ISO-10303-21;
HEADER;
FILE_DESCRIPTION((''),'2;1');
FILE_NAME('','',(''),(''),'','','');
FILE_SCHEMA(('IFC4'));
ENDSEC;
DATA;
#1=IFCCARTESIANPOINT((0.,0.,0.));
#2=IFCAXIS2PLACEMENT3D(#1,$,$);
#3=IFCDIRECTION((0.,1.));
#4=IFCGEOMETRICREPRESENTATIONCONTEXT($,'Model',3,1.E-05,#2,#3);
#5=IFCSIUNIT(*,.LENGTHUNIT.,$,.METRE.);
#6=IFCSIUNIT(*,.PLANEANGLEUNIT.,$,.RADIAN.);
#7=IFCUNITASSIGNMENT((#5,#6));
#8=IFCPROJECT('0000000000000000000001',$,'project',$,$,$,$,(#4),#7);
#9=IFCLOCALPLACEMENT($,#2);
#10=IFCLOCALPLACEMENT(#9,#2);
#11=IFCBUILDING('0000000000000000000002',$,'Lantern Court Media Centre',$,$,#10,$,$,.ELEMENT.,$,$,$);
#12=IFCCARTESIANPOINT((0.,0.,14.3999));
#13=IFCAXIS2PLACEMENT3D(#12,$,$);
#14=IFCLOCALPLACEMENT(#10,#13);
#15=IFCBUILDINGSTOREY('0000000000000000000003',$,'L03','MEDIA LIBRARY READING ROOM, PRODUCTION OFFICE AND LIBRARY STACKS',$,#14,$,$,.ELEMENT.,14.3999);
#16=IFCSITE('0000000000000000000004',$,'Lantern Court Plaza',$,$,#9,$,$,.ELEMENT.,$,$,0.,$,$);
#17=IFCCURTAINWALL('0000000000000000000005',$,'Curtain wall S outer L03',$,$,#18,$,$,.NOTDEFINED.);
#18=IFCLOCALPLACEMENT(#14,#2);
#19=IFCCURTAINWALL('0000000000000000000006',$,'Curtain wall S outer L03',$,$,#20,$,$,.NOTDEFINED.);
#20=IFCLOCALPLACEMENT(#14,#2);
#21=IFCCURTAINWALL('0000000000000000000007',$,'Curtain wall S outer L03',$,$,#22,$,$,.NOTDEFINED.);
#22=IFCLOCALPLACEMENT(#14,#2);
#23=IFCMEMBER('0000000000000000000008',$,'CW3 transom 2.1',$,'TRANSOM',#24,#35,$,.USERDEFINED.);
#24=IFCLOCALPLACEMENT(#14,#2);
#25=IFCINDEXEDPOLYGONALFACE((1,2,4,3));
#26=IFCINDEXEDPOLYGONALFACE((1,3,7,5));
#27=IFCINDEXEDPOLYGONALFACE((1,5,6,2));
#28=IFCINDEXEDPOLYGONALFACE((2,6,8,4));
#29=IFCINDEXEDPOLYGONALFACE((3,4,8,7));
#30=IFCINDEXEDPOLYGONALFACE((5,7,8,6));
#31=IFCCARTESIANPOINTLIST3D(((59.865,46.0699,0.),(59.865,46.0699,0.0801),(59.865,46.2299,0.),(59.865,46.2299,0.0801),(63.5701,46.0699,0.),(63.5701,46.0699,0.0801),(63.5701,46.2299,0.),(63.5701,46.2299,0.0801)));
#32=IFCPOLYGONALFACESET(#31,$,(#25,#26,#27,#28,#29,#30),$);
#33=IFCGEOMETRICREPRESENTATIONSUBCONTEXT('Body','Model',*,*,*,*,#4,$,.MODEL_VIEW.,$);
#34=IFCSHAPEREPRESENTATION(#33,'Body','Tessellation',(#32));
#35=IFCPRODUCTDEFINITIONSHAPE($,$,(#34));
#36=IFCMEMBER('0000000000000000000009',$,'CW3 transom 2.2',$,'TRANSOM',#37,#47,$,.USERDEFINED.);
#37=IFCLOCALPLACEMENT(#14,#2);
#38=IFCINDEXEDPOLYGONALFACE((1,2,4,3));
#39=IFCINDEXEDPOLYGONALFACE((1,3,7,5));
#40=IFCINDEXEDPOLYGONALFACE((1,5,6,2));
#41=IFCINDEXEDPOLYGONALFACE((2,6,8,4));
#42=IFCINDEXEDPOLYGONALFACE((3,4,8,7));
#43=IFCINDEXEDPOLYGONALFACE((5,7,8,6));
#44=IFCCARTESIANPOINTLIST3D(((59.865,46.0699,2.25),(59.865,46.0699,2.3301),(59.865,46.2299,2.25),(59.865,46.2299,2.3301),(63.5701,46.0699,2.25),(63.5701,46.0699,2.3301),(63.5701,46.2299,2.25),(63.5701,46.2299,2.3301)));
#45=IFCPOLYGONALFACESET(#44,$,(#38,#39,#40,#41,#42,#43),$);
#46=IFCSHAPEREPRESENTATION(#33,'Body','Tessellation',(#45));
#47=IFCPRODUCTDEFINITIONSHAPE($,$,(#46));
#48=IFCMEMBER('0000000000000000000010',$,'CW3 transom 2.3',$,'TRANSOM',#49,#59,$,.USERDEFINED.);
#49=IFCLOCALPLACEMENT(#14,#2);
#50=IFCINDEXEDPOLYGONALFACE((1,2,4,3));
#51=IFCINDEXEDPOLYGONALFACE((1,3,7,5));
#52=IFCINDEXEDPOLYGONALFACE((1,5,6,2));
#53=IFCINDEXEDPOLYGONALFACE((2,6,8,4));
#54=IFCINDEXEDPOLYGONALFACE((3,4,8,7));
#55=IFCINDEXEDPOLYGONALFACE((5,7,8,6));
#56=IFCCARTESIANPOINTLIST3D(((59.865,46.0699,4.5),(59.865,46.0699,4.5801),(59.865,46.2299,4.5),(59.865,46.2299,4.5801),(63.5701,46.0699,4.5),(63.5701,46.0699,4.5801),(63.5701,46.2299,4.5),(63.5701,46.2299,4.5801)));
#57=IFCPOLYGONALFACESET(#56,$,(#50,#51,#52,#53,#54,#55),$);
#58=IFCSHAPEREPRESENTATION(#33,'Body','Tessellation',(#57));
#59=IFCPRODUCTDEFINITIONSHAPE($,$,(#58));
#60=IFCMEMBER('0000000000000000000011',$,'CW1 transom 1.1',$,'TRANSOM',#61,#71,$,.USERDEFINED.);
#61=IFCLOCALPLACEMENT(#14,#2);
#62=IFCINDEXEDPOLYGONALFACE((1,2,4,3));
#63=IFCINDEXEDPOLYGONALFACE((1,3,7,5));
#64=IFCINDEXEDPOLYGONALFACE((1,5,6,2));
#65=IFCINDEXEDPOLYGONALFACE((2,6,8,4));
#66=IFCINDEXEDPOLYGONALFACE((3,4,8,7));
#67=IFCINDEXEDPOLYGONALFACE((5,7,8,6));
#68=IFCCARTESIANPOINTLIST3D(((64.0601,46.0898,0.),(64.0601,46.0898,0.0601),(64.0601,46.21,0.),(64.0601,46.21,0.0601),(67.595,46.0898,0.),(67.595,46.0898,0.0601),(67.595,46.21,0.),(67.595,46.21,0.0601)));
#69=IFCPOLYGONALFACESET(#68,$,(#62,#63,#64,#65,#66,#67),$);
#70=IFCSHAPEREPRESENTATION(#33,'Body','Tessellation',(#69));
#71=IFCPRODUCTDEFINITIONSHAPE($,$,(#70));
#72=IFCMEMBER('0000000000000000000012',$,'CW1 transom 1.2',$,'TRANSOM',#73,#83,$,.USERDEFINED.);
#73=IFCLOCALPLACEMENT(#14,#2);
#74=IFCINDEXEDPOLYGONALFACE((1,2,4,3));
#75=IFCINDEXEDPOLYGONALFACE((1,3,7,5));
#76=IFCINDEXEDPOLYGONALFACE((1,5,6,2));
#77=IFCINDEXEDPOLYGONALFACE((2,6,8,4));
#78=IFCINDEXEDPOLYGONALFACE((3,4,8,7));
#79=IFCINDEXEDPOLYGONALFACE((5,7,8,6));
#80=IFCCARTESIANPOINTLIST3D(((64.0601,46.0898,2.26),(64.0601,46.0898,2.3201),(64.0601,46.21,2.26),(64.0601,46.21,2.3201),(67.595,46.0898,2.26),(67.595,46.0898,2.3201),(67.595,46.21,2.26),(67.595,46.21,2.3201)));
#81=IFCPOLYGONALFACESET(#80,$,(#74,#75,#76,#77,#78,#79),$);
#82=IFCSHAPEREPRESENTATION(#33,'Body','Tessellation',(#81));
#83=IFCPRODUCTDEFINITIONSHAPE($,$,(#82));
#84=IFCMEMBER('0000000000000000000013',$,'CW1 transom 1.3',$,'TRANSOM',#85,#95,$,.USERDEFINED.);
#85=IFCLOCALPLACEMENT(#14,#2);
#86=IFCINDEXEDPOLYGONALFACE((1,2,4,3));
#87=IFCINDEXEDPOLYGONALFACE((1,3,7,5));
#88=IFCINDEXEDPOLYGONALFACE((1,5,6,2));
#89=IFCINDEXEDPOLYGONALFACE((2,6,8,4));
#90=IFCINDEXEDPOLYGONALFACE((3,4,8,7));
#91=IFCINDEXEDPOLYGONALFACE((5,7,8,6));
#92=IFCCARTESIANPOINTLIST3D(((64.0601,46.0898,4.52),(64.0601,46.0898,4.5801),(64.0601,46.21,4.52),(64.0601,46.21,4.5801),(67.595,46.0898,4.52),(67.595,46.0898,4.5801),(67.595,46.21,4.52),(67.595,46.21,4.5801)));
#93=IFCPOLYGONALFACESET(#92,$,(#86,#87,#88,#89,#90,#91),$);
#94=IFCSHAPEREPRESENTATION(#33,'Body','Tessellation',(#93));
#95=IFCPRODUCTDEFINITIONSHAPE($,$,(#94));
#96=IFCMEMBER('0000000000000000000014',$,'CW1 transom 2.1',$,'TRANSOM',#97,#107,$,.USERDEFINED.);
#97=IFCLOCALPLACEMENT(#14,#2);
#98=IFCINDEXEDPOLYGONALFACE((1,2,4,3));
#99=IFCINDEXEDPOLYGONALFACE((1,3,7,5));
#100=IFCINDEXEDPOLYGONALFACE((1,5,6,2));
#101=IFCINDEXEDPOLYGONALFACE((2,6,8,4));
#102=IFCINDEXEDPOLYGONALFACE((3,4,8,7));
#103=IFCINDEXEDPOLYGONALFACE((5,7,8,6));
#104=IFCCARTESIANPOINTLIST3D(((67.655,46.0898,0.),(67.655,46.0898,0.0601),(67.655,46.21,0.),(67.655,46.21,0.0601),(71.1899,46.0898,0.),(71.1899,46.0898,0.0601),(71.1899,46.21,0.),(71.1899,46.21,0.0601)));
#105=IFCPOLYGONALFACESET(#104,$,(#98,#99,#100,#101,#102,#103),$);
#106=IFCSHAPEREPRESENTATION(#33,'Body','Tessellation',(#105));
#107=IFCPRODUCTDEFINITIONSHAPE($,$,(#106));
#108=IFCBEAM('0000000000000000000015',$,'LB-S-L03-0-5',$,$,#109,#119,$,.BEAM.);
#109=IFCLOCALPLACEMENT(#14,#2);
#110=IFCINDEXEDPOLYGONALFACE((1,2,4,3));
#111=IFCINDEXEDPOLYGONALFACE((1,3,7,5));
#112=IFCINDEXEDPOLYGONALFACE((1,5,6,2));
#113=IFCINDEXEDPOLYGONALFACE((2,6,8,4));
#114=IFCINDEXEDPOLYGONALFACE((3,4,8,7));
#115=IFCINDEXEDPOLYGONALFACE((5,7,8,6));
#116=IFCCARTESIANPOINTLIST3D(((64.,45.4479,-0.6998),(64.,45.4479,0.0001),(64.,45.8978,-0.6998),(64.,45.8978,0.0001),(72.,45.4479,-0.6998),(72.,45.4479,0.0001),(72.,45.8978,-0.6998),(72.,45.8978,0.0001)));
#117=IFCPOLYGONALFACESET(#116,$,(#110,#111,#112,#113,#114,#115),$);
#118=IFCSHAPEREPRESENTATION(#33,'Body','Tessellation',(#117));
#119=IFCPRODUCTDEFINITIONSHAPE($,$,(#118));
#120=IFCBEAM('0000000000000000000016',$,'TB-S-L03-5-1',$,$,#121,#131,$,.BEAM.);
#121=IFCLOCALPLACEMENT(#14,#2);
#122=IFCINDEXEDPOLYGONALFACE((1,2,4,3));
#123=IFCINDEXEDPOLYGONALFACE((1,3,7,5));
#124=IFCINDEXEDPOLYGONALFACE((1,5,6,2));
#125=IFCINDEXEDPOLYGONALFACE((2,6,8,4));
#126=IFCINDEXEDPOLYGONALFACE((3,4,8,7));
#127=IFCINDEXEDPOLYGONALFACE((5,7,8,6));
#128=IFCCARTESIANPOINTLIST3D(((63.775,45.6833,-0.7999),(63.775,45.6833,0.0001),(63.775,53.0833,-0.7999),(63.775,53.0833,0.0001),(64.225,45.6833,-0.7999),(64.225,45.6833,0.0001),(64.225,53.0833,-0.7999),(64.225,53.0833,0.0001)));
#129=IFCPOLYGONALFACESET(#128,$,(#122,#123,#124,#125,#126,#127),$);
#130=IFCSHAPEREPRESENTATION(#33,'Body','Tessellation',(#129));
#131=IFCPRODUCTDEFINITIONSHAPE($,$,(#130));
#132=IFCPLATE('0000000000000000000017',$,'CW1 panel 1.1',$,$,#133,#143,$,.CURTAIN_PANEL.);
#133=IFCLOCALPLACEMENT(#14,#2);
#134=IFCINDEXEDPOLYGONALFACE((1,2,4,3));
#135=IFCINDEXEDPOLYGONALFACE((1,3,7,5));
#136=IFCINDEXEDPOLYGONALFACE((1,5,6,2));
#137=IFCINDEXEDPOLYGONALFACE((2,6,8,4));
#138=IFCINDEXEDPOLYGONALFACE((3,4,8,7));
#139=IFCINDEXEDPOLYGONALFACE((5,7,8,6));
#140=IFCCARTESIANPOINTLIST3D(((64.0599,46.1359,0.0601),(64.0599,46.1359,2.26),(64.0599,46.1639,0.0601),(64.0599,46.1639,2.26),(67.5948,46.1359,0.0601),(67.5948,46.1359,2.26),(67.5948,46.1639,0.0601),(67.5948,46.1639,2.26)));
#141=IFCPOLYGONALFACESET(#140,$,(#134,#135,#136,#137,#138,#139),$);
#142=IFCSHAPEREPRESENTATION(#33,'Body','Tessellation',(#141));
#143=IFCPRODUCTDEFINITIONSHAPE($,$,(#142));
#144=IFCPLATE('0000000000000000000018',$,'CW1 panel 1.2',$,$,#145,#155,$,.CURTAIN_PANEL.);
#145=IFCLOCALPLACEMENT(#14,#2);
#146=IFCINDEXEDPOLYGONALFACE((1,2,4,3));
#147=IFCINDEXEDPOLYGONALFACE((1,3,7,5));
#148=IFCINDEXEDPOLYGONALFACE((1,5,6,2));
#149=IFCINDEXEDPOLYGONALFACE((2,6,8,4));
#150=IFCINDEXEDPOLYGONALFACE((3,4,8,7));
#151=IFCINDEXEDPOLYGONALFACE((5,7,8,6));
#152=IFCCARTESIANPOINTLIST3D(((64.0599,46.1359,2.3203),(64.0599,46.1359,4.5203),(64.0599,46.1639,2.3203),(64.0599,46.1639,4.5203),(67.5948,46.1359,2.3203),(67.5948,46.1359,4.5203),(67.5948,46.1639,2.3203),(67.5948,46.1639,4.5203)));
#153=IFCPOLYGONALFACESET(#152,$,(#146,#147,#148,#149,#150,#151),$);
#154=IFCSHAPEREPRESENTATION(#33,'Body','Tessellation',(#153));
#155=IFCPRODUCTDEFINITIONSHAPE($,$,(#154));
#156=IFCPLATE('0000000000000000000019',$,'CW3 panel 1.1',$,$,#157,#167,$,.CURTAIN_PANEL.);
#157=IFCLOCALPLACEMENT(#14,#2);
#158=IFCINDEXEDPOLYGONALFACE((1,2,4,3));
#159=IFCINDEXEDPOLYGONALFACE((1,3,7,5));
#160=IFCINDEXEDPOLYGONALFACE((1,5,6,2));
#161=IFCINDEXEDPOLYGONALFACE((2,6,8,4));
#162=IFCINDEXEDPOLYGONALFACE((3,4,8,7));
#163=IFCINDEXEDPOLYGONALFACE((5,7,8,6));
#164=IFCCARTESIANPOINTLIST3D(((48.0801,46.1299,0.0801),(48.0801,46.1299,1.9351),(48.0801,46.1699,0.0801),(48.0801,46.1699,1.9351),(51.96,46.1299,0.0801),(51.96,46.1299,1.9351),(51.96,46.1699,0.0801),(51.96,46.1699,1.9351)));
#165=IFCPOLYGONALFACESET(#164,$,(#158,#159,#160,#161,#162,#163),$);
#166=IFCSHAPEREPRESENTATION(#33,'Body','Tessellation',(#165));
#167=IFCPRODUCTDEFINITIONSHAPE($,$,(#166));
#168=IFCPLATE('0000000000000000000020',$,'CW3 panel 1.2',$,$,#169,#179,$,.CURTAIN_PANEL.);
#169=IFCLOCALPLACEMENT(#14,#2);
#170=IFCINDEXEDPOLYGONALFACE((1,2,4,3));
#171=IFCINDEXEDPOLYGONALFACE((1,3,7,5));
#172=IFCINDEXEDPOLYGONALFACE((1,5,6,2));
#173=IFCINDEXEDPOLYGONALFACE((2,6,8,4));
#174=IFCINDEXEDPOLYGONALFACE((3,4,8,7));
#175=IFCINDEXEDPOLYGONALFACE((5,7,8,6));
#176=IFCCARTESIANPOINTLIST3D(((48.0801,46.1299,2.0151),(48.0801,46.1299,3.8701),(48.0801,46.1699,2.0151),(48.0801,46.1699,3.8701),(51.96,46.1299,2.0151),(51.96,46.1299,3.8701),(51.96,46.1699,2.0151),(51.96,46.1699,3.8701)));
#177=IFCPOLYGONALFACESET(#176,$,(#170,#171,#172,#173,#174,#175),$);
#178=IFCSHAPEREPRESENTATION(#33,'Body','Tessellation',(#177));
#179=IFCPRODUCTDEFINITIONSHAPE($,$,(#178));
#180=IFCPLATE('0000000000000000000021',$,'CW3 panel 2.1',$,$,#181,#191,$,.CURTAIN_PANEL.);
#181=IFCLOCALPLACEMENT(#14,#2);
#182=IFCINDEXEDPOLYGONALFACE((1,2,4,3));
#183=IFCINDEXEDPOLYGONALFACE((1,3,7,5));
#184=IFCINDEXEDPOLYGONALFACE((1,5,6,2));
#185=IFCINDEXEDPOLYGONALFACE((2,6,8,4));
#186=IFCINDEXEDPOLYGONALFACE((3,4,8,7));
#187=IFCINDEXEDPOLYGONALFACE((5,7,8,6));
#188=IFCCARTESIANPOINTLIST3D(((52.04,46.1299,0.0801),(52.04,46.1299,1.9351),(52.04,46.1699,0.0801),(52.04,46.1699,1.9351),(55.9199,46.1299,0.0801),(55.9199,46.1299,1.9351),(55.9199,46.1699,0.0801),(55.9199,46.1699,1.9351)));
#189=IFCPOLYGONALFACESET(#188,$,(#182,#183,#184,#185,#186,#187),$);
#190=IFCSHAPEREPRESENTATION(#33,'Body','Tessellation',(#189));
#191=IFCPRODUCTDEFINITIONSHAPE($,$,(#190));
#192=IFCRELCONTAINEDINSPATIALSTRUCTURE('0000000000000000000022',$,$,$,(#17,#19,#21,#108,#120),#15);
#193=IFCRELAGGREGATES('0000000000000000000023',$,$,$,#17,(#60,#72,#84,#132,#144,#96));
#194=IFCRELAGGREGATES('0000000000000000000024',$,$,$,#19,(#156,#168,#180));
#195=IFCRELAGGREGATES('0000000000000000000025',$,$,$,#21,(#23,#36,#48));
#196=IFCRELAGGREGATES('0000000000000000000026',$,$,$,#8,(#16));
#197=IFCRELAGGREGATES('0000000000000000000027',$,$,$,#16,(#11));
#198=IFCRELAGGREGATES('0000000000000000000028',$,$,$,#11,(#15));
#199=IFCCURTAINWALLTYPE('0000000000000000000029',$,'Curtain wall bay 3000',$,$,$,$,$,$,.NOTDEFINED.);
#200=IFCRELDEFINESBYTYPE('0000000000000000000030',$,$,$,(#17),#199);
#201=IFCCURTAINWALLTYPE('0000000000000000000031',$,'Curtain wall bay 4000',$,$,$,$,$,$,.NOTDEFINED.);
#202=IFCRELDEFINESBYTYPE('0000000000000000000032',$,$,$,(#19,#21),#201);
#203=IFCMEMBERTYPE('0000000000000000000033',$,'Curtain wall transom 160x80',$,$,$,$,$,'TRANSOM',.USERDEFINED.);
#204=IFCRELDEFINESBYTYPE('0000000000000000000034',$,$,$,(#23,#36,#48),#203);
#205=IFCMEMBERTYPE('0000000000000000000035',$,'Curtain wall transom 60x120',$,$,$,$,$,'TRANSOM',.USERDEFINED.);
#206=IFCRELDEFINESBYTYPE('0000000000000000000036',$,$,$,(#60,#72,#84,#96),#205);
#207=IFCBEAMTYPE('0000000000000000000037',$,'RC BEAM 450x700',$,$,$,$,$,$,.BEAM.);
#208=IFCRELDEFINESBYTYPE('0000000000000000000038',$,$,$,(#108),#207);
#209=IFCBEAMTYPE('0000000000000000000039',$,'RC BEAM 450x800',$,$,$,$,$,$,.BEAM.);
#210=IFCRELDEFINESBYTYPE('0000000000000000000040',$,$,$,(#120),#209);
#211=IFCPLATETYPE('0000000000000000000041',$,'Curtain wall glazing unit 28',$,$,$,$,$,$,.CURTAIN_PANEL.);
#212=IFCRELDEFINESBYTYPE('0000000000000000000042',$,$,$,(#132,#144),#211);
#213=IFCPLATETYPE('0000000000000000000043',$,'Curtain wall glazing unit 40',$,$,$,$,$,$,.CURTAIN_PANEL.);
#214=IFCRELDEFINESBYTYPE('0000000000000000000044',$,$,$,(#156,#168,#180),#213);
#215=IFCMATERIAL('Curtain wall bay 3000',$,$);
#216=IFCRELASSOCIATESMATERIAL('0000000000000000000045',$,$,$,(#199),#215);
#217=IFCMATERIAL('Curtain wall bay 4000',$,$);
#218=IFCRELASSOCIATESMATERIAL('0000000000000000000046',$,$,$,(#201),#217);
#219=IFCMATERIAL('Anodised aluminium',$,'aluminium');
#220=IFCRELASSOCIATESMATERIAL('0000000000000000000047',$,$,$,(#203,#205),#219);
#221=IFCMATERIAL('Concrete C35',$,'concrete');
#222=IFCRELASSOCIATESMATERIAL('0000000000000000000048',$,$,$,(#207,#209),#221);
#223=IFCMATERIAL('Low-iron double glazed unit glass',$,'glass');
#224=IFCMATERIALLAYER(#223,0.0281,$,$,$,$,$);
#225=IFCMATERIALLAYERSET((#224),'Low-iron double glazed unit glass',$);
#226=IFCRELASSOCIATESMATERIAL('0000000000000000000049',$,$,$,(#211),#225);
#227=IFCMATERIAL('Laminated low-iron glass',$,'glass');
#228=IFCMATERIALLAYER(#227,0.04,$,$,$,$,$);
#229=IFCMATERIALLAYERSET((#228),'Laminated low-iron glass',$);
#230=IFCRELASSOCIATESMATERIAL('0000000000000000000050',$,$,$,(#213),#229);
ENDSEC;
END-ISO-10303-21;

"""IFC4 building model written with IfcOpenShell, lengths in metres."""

from ifc_helpers import new_model, si_unit, direction, frame, origin, origin_2d, place, context, subcontext, project, spatial, rectangle, extrude, material, layer, layer_set, material_profile, profile_set, type_object, element, aggregate, save


model = new_model("IFC4")

# Units and contexts
model_context = context("Model", 3, precision=1e-05, world=origin(), true_north=direction((0.0, 1.0)))
body_context = subcontext(model_context, "Body", "Model", "MODEL_VIEW")
ifc_project = project(units=[si_unit("LENGTHUNIT", "METRE"), si_unit("PLANEANGLEUNIT", "RADIAN")], contexts=[model_context])

# Site, building, storey
site_placement = place(None, origin())
site = spatial("IfcSite", under=ifc_project, at=site_placement, Name="Lantern Court Plaza", CompositionType="ELEMENT", RefElevation=0.0)
building_placement = place(site_placement, origin())
building = spatial("IfcBuilding", under=site, at=building_placement, Name="Lantern Court Media Centre", CompositionType="ELEMENT")
storey_placement = place(building_placement, frame((0.0, 0.0, 14.3999)))
storey = spatial("IfcBuildingStorey", under=building, at=storey_placement, Name="L03", Description="MEDIA LIBRARY READING ROOM, PRODUCTION OFFICE AND LIBRARY STACKS", CompositionType="ELEMENT", Elevation=14.3999)

# Curtain walls
ifc_material_1 = material(Name="Curtain wall bay 3000")
curtain_wall_type_1 = type_object("IfcCurtainWallType", Name="Curtain wall bay 3000", PredefinedType="NOTDEFINED", material=ifc_material_1)
curtain_wall_1_placement = place(storey_placement, origin())
curtain_wall_1 = element("IfcCurtainWall", 1, at=curtain_wall_1_placement, inside=storey, type_object=curtain_wall_type_1, Name="Curtain wall S outer L03", PredefinedType="NOTDEFINED")
ifc_material_2 = material(Name="Anodised aluminium", Category="aluminium")
ifc_material_3 = material(Name="Curtain wall bay 4000")
curtain_wall_type_2 = type_object("IfcCurtainWallType", Name="Curtain wall bay 4000", PredefinedType="NOTDEFINED", material=ifc_material_3)
curtain_wall_2_placement = place(storey_placement, origin())
curtain_wall_2 = element("IfcCurtainWall", 2, at=curtain_wall_2_placement, inside=storey, type_object=curtain_wall_type_2, Name="Curtain wall S outer L03", PredefinedType="NOTDEFINED")
curtain_wall_3_placement = place(storey_placement, origin())
curtain_wall_3 = element("IfcCurtainWall", 3, at=curtain_wall_3_placement, inside=storey, type_object=curtain_wall_type_2, Name="Curtain wall S outer L03", PredefinedType="NOTDEFINED")

# Members
ifc_material_profile_1 = material_profile(ifc_material_2, rectangle(XDim=0.1599, YDim=0.0801, at=origin_2d()), Name="AL 80x160")
ifc_profile_set_1 = profile_set([ifc_material_profile_1], Name="Anodised aluminium")
member_type_1 = type_object("IfcMemberType", Name="Curtain wall transom 160x80", ElementType="TRANSOM", PredefinedType="USERDEFINED", material=ifc_profile_set_1)
member_1_placement = place(storey_placement, frame((59.865, 46.1499, 0.04), z_axis=(1.0, 0.0, 0.0), x_axis=(0.0, 1.0, 0.0)))
member_1 = element("IfcMember", 4, at=member_1_placement, type_object=member_type_1, Name="CW3 transom 2.1", ObjectType="TRANSOM", PredefinedType="USERDEFINED", context=body_context, shape_type="SweptSolid", body=[
    extrude(rectangle(XDim=0.1599, YDim=0.0801, at=origin_2d()), origin(), (0.0, 0.0, 1.0), 3.7051),
])
member_2_placement = place(storey_placement, frame((59.865, 46.1499, 2.29), z_axis=(1.0, 0.0, 0.0), x_axis=(0.0, 1.0, 0.0)))
member_2 = element("IfcMember", 5, at=member_2_placement, type_object=member_type_1, Name="CW3 transom 2.2", ObjectType="TRANSOM", PredefinedType="USERDEFINED", context=body_context, shape_type="SweptSolid", body=[
    extrude(rectangle(XDim=0.1599, YDim=0.0801, at=origin_2d()), origin(), (0.0, 0.0, 1.0), 3.7051),
])
member_3_placement = place(storey_placement, frame((59.865, 46.1499, 4.54), z_axis=(1.0, 0.0, 0.0), x_axis=(0.0, 1.0, 0.0)))
member_3 = element("IfcMember", 6, at=member_3_placement, type_object=member_type_1, Name="CW3 transom 2.3", ObjectType="TRANSOM", PredefinedType="USERDEFINED", context=body_context, shape_type="SweptSolid", body=[
    extrude(rectangle(XDim=0.1599, YDim=0.0801, at=origin_2d()), origin(), (0.0, 0.0, 1.0), 3.7051),
])
ifc_material_profile_2 = material_profile(ifc_material_2, rectangle(XDim=0.1201, YDim=0.0601, at=origin_2d()), Name="AL 60x120")
ifc_profile_set_2 = profile_set([ifc_material_profile_2], Name="Anodised aluminium")
member_type_2 = type_object("IfcMemberType", Name="Curtain wall transom 60x120", ElementType="TRANSOM", PredefinedType="USERDEFINED", material=ifc_profile_set_2)
member_4_placement = place(storey_placement, frame((64.0601, 46.1499, 0.03), z_axis=(1.0, 0.0, 0.0), x_axis=(0.0, 1.0, 0.0)))
member_4 = element("IfcMember", 7, at=member_4_placement, type_object=member_type_2, Name="CW1 transom 1.1", ObjectType="TRANSOM", PredefinedType="USERDEFINED", context=body_context, shape_type="SweptSolid", body=[
    extrude(rectangle(XDim=0.1201, YDim=0.0601, at=origin_2d()), origin(), (0.0, 0.0, 1.0), 3.5349),
])
member_5_placement = place(storey_placement, frame((64.0601, 46.1499, 2.29), z_axis=(1.0, 0.0, 0.0), x_axis=(0.0, 1.0, 0.0)))
member_5 = element("IfcMember", 8, at=member_5_placement, type_object=member_type_2, Name="CW1 transom 1.2", ObjectType="TRANSOM", PredefinedType="USERDEFINED", context=body_context, shape_type="SweptSolid", body=[
    extrude(rectangle(XDim=0.1201, YDim=0.0601, at=origin_2d()), origin(), (0.0, 0.0, 1.0), 3.5349),
])
member_6_placement = place(storey_placement, frame((64.0601, 46.1499, 4.55), z_axis=(1.0, 0.0, 0.0), x_axis=(0.0, 1.0, 0.0)))
member_6 = element("IfcMember", 9, at=member_6_placement, type_object=member_type_2, Name="CW1 transom 1.3", ObjectType="TRANSOM", PredefinedType="USERDEFINED", context=body_context, shape_type="SweptSolid", body=[
    extrude(rectangle(XDim=0.1201, YDim=0.0601, at=origin_2d()), origin(), (0.0, 0.0, 1.0), 3.5349),
])
member_7_placement = place(storey_placement, frame((67.655, 46.1499, 0.03), z_axis=(1.0, 0.0, 0.0), x_axis=(0.0, 1.0, 0.0)))
member_7 = element("IfcMember", 10, at=member_7_placement, type_object=member_type_2, Name="CW1 transom 2.1", ObjectType="TRANSOM", PredefinedType="USERDEFINED", context=body_context, shape_type="SweptSolid", body=[
    extrude(rectangle(XDim=0.1201, YDim=0.0601, at=origin_2d()), origin(), (0.0, 0.0, 1.0), 3.5349),
])

# Beams
ifc_material_4 = material(Name="Concrete C35", Category="concrete")
ifc_material_profile_3 = material_profile(ifc_material_4, rectangle(XDim=0.45, YDim=0.7, at=origin_2d()), Name="RC 450x700")
ifc_profile_set_3 = profile_set([ifc_material_profile_3], Name="Concrete C35")
beam_type_1 = type_object("IfcBeamType", Name="RC BEAM 450x700", PredefinedType="BEAM", material=ifc_profile_set_3)
beam_1_placement = place(storey_placement, frame((64.0, 45.6729, -0.3499), z_axis=(1.0, 0.0, 0.0), x_axis=(0.0, 1.0, 0.0)))
element("IfcBeam", 11, at=beam_1_placement, inside=storey, type_object=beam_type_1, Name="LB-S-L03-0-5", PredefinedType="BEAM", context=body_context, shape_type="SweptSolid", body=[
    extrude(rectangle(XDim=0.45, YDim=0.7, at=origin_2d()), origin(), (0.0, 0.0, 1.0), 8.0),
])
ifc_material_profile_4 = material_profile(ifc_material_4, rectangle(XDim=0.45, YDim=0.8, at=origin_2d()), Name="RC 450x800")
ifc_profile_set_4 = profile_set([ifc_material_profile_4], Name="Concrete C35")
beam_type_2 = type_object("IfcBeamType", Name="RC BEAM 450x800", PredefinedType="BEAM", material=ifc_profile_set_4)
beam_2_placement = place(storey_placement, frame((64.0, 45.6833, -0.3999), z_axis=(0.0, 1.0, 0.0), x_axis=(-1.0, 0.0, 0.0)))
element("IfcBeam", 12, at=beam_2_placement, inside=storey, type_object=beam_type_2, Name="TB-S-L03-5-1", PredefinedType="BEAM", context=body_context, shape_type="SweptSolid", body=[
    extrude(rectangle(XDim=0.45, YDim=0.8, at=origin_2d()), origin(), (0.0, 0.0, 1.0), 7.3999),
])

# Plates
ifc_material_5 = material(Name="Low-iron double glazed unit glass", Category="glass")
ifc_layer_1 = layer(ifc_material_5, 0.0281)
ifc_layer_set_1 = layer_set([ifc_layer_1], Name="Low-iron double glazed unit glass")
plate_type_1 = type_object("IfcPlateType", Name="Curtain wall glazing unit 28", PredefinedType="CURTAIN_PANEL", material=ifc_layer_set_1)
plate_1_placement = place(storey_placement, frame((65.8274, 46.1499, 0.0601), z_axis=(0.0, 0.0, 1.0), x_axis=(1.0, 0.0, 0.0)))
plate_1 = element("IfcPlate", 13, at=plate_1_placement, type_object=plate_type_1, Name="CW1 panel 1.1", PredefinedType="CURTAIN_PANEL", context=body_context, shape_type="SweptSolid", body=[
    extrude(rectangle(XDim=3.5349, YDim=0.0281, at=origin_2d()), origin(), (0.0, 0.0, 1.0), 2.2),
])
plate_2_placement = place(storey_placement, frame((65.8274, 46.1499, 2.3203), z_axis=(0.0, 0.0, 1.0), x_axis=(1.0, 0.0, 0.0)))
plate_2 = element("IfcPlate", 14, at=plate_2_placement, type_object=plate_type_1, Name="CW1 panel 1.2", PredefinedType="CURTAIN_PANEL", context=body_context, shape_type="SweptSolid", body=[
    extrude(rectangle(XDim=3.5349, YDim=0.0281, at=origin_2d()), origin(), (0.0, 0.0, 1.0), 2.2),
])
aggregate(curtain_wall_1, [member_4, member_5, member_6, plate_1, plate_2, member_7])
ifc_material_6 = material(Name="Laminated low-iron glass", Category="glass")
ifc_layer_2 = layer(ifc_material_6, 0.04)
ifc_layer_set_2 = layer_set([ifc_layer_2], Name="Laminated low-iron glass")
plate_type_2 = type_object("IfcPlateType", Name="Curtain wall glazing unit 40", PredefinedType="CURTAIN_PANEL", material=ifc_layer_set_2)
plate_3_placement = place(storey_placement, frame((50.02, 46.1499, 0.0801), z_axis=(0.0, 0.0, 1.0), x_axis=(1.0, 0.0, 0.0)))
plate_3 = element("IfcPlate", 15, at=plate_3_placement, type_object=plate_type_2, Name="CW3 panel 1.1", PredefinedType="CURTAIN_PANEL", context=body_context, shape_type="SweptSolid", body=[
    extrude(rectangle(XDim=3.8799, YDim=0.04, at=origin_2d()), origin(), (0.0, 0.0, 1.0), 1.855),
])
plate_4_placement = place(storey_placement, frame((50.02, 46.1499, 2.0151), z_axis=(0.0, 0.0, 1.0), x_axis=(1.0, 0.0, 0.0)))
plate_4 = element("IfcPlate", 16, at=plate_4_placement, type_object=plate_type_2, Name="CW3 panel 1.2", PredefinedType="CURTAIN_PANEL", context=body_context, shape_type="SweptSolid", body=[
    extrude(rectangle(XDim=3.8799, YDim=0.04, at=origin_2d()), origin(), (0.0, 0.0, 1.0), 1.855),
])
plate_5_placement = place(storey_placement, frame((53.98, 46.1499, 0.0801), z_axis=(0.0, 0.0, 1.0), x_axis=(1.0, 0.0, 0.0)))
plate_5 = element("IfcPlate", 17, at=plate_5_placement, type_object=plate_type_2, Name="CW3 panel 2.1", PredefinedType="CURTAIN_PANEL", context=body_context, shape_type="SweptSolid", body=[
    extrude(rectangle(XDim=3.8799, YDim=0.04, at=origin_2d()), origin(), (0.0, 0.0, 1.0), 1.855),
])
aggregate(curtain_wall_2, [plate_3, plate_4, plate_5])
aggregate(curtain_wall_3, [member_1, member_2, member_3])

save(model, "model.ifc")
